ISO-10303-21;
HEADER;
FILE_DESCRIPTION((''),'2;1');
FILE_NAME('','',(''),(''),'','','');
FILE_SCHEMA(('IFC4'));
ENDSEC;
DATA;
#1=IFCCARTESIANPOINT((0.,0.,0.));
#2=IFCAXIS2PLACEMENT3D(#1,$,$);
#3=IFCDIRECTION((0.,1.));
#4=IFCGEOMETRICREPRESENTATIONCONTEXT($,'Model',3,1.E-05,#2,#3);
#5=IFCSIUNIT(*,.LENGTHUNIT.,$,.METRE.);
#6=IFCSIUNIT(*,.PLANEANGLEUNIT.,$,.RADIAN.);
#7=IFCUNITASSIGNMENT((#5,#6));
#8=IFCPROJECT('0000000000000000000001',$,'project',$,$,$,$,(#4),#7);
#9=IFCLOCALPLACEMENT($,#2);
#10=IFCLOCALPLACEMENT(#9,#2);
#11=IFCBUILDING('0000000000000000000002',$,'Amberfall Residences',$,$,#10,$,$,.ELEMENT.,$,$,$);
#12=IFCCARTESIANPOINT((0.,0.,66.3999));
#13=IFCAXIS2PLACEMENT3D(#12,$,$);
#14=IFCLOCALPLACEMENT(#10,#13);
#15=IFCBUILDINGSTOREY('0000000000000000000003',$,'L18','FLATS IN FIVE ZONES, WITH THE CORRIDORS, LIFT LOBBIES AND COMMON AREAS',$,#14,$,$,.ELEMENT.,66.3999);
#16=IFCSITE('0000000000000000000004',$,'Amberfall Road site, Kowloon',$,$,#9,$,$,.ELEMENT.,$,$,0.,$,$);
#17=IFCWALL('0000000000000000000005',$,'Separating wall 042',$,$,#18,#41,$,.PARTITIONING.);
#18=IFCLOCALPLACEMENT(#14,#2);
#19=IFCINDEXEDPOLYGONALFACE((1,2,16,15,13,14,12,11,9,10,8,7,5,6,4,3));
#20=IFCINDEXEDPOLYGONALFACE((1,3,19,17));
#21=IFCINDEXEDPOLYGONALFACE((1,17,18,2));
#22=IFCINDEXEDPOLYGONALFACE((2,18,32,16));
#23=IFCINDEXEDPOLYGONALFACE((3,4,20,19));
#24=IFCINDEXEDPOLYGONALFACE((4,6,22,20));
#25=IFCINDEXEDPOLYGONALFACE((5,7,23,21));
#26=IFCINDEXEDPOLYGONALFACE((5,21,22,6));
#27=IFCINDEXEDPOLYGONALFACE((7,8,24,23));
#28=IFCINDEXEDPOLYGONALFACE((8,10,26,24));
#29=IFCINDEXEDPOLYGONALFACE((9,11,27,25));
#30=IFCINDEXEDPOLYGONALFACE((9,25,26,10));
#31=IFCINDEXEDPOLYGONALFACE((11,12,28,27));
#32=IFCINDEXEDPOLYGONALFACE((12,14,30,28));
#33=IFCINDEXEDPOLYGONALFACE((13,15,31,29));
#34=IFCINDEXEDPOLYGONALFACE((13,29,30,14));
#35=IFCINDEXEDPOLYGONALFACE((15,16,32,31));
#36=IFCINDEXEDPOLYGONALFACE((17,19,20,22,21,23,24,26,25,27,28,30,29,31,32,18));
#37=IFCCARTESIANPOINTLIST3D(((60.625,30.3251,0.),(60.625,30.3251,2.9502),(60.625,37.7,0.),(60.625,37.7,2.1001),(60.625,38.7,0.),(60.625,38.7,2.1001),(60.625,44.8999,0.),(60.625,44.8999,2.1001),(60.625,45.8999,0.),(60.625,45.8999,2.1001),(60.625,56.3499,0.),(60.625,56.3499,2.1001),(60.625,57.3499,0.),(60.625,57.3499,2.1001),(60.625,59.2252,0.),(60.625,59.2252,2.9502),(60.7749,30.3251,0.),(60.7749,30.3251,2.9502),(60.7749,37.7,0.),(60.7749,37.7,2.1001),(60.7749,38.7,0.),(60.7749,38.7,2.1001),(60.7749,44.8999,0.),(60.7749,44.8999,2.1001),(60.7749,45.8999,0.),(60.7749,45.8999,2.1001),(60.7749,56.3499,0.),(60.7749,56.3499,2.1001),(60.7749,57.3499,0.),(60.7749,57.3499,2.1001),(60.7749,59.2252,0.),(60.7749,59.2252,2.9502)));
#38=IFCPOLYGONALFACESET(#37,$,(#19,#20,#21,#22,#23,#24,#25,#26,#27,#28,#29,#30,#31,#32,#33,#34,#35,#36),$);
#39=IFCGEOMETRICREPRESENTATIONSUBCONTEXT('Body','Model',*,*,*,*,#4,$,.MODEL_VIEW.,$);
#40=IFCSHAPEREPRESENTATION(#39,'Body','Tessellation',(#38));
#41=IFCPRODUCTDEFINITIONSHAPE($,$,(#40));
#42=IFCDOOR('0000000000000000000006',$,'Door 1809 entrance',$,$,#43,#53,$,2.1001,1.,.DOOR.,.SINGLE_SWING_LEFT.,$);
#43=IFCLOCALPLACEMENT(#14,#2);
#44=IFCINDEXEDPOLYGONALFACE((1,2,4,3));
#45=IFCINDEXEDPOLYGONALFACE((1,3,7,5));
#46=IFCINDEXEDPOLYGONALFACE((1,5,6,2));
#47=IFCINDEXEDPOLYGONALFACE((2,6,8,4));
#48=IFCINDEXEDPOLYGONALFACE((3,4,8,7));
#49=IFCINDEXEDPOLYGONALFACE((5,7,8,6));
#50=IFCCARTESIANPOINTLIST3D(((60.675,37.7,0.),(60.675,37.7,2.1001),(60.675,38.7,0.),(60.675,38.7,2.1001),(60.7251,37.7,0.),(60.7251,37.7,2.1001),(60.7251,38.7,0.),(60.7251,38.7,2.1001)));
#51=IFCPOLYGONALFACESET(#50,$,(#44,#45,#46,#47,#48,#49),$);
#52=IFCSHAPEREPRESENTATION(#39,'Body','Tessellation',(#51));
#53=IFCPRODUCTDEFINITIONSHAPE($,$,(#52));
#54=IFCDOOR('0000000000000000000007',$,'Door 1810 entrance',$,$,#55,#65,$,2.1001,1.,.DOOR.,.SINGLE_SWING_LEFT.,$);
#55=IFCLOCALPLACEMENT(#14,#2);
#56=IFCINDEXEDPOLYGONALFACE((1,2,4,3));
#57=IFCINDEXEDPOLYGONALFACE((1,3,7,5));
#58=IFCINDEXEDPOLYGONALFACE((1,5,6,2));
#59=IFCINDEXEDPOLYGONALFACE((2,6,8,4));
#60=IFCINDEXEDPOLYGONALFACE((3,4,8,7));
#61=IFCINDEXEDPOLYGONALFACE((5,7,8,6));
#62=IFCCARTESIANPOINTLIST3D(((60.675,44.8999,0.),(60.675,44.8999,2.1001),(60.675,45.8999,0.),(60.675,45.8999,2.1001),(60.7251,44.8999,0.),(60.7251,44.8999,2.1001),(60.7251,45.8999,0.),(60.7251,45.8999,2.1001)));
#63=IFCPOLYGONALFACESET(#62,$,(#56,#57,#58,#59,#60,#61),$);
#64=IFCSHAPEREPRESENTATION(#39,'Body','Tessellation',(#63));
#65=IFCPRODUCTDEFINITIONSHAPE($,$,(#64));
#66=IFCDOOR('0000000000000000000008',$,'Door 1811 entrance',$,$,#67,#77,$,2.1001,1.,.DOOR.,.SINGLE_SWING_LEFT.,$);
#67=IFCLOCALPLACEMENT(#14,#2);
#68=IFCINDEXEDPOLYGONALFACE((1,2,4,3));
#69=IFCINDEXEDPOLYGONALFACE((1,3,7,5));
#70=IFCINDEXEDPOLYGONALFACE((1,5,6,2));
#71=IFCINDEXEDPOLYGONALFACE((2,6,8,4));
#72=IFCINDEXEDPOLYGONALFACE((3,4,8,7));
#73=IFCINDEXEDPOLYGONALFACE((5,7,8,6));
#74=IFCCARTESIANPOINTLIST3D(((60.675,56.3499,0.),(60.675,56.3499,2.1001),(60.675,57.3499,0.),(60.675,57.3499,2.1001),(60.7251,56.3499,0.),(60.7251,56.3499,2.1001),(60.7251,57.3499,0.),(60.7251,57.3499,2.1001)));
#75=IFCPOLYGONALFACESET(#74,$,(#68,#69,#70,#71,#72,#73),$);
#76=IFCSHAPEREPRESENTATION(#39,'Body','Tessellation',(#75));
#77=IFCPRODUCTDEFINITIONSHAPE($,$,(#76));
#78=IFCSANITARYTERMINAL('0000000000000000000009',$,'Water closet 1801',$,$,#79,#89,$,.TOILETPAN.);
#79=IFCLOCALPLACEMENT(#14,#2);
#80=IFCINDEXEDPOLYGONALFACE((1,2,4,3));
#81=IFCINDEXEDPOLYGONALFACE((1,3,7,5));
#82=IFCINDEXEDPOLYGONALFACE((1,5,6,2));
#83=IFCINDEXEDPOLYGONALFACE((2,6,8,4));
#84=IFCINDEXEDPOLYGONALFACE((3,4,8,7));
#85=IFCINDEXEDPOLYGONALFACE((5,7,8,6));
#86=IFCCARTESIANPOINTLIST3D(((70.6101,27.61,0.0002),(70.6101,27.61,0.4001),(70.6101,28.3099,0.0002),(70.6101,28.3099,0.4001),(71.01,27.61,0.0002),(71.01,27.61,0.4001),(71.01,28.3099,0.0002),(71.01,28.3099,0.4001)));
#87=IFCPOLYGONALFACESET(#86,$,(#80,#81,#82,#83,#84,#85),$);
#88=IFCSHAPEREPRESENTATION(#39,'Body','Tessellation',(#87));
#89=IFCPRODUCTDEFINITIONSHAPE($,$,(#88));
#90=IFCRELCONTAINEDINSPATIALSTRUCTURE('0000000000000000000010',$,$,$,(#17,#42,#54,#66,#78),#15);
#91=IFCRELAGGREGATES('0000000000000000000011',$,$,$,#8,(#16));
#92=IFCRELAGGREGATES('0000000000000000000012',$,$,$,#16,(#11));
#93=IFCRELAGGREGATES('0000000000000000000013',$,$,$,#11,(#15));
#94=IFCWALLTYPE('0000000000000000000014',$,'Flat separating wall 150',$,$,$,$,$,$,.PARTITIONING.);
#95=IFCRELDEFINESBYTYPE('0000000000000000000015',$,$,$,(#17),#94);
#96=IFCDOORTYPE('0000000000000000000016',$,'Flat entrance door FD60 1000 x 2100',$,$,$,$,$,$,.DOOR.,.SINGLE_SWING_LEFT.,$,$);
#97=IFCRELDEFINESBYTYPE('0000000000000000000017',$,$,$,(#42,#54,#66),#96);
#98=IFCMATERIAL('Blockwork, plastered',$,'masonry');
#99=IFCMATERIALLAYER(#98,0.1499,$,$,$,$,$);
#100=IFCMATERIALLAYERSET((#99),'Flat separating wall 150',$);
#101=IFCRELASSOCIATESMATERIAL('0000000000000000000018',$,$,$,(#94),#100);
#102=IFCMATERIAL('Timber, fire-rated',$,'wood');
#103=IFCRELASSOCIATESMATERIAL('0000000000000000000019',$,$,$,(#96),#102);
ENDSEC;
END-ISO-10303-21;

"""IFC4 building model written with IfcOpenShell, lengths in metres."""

from ifc_helpers import new_model, si_unit, direction, frame, frame_2d, origin, origin_2d, place, context, subcontext, project, spatial, rectangle, extrude, material, layer, layer_set, type_object, element, fill, save


model = new_model("IFC4")

# Units and contexts
model_context = context("Model", 3, precision=1e-05, world=origin(), true_north=direction((0.0, 1.0)))
body_context = subcontext(model_context, "Body", "Model", "MODEL_VIEW")
ifc_project = project(units=[si_unit("LENGTHUNIT", "METRE"), si_unit("PLANEANGLEUNIT", "RADIAN")], contexts=[model_context])

# Site, building, storey
site_placement = place(None, origin())
site = spatial("IfcSite", under=ifc_project, at=site_placement, Name="Amberfall Road site, Kowloon", CompositionType="ELEMENT", RefElevation=0.0)
building_placement = place(site_placement, origin())
building = spatial("IfcBuilding", under=site, at=building_placement, Name="Amberfall Residences", CompositionType="ELEMENT")
storey_placement = place(building_placement, frame((0.0, 0.0, 66.3999)))
storey = spatial("IfcBuildingStorey", under=building, at=storey_placement, Name="L18", Description="FLATS IN FIVE ZONES, WITH THE CORRIDORS, LIFT LOBBIES AND COMMON AREAS", CompositionType="ELEMENT", Elevation=66.3999)

# Wall, openings, doors
ifc_material_1 = material(Name="Blockwork, plastered", Category="masonry")
ifc_layer_1 = layer(ifc_material_1, 0.1499)
ifc_layer_set_1 = layer_set([ifc_layer_1], Name="Flat separating wall 150")
wall_type_1 = type_object("IfcWallType", Name="Flat separating wall 150", PredefinedType="PARTITIONING", material=ifc_layer_set_1)
wall_1_placement = place(storey_placement, frame((60.7, 30.325, 0.0), z_axis=(0.0, 0.0, 1.0), x_axis=(0.0, 1.0, 0.0)))
wall_1 = element("IfcWall", 1, at=wall_1_placement, inside=storey, type_object=wall_type_1, Name="Separating wall 042", PredefinedType="PARTITIONING", context=body_context, shape_type="SweptSolid", body=[
    extrude(rectangle(XDim=28.9001, YDim=0.1499, at=frame_2d((14.4502, 0.0))), origin(), (0.0, 0.0, 1.0), 2.9502),
])
opening_1_placement = place(wall_1_placement, frame((7.375, 0.0, 0.0)))
opening_1 = element("IfcOpeningElement", 2, at=opening_1_placement, cuts=wall_1, PredefinedType="OPENING", context=body_context, shape_type="SweptSolid", body=[
    extrude(rectangle(XDim=1.0, YDim=2.1001, at=frame_2d((0.5, 1.05))), frame((0.0, 0.085, 0.0), z_axis=(0.0, -1.0, 0.0), x_axis=(1.0, 0.0, 0.0)), (0.0, 0.0, 1.0), 0.1699),
])
opening_2_placement = place(wall_1_placement, frame((14.575, 0.0, 0.0)))
opening_2 = element("IfcOpeningElement", 3, at=opening_2_placement, cuts=wall_1, PredefinedType="OPENING", context=body_context, shape_type="SweptSolid", body=[
    extrude(rectangle(XDim=1.0, YDim=2.1001, at=frame_2d((0.5, 1.05))), frame((0.0, 0.085, 0.0), z_axis=(0.0, -1.0, 0.0), x_axis=(1.0, 0.0, 0.0)), (0.0, 0.0, 1.0), 0.1699),
])
opening_3_placement = place(wall_1_placement, frame((26.0249, 0.0, 0.0)))
opening_3 = element("IfcOpeningElement", 4, at=opening_3_placement, cuts=wall_1, PredefinedType="OPENING", context=body_context, shape_type="SweptSolid", body=[
    extrude(rectangle(XDim=1.0, YDim=2.1001, at=frame_2d((0.5, 1.05))), frame((0.0, 0.085, 0.0), z_axis=(0.0, -1.0, 0.0), x_axis=(1.0, 0.0, 0.0)), (0.0, 0.0, 1.0), 0.1699),
])
ifc_material_2 = material(Name="Timber, fire-rated", Category="wood")
door_type_1 = type_object("IfcDoorType", Name="Flat entrance door FD60 1000 x 2100", OperationType="SINGLE_SWING_LEFT", PredefinedType="DOOR", material=ifc_material_2)
door_1_placement = place(opening_1_placement, origin())
door_1 = element("IfcDoor", 5, at=door_1_placement, inside=storey, type_object=door_type_1, Name="Door 1809 entrance", OperationType="SINGLE_SWING_LEFT", OverallHeight=2.1001, OverallWidth=1.0, PredefinedType="DOOR", context=body_context, shape_type="SweptSolid", body=[
    extrude(rectangle(XDim=1.0, YDim=2.1001, at=frame_2d((0.5, 1.05))), frame((0.0, 0.0249, 0.0), z_axis=(0.0, -1.0, 0.0), x_axis=(1.0, 0.0, 0.0)), (0.0, 0.0, 1.0), 0.05),
])
fill(opening_1, door_1)
door_2_placement = place(opening_2_placement, origin())
door_2 = element("IfcDoor", 6, at=door_2_placement, inside=storey, type_object=door_type_1, Name="Door 1810 entrance", OperationType="SINGLE_SWING_LEFT", OverallHeight=2.1001, OverallWidth=1.0, PredefinedType="DOOR", context=body_context, shape_type="SweptSolid", body=[
    extrude(rectangle(XDim=1.0, YDim=2.1001, at=frame_2d((0.5, 1.05))), frame((0.0, 0.0249, 0.0), z_axis=(0.0, -1.0, 0.0), x_axis=(1.0, 0.0, 0.0)), (0.0, 0.0, 1.0), 0.05),
])
fill(opening_2, door_2)
door_3_placement = place(opening_3_placement, origin())
door_3 = element("IfcDoor", 7, at=door_3_placement, inside=storey, type_object=door_type_1, Name="Door 1811 entrance", OperationType="SINGLE_SWING_LEFT", OverallHeight=2.1001, OverallWidth=1.0, PredefinedType="DOOR", context=body_context, shape_type="SweptSolid", body=[
    extrude(rectangle(XDim=1.0, YDim=2.1001, at=frame_2d((0.5, 1.05))), frame((0.0, 0.0249, 0.0), z_axis=(0.0, -1.0, 0.0), x_axis=(1.0, 0.0, 0.0)), (0.0, 0.0, 1.0), 0.05),
])
fill(opening_3, door_3)

# Sanitary terminal
sanitary_terminal_placement = place(storey_placement, frame((70.8101, 27.96, 0.0002), z_axis=(0.0, 0.0, 1.0), x_axis=(1.0, 0.0, 0.0)))
element("IfcSanitaryTerminal", 8, at=sanitary_terminal_placement, inside=storey, Name="Water closet 1801", PredefinedType="TOILETPAN", context=body_context, shape_type="SweptSolid", body=[
    extrude(rectangle(XDim=0.3999, YDim=0.7, at=origin_2d()), origin(), (0.0, 0.0, 1.0), 0.3999),
])

save(model, "model.ifc")
